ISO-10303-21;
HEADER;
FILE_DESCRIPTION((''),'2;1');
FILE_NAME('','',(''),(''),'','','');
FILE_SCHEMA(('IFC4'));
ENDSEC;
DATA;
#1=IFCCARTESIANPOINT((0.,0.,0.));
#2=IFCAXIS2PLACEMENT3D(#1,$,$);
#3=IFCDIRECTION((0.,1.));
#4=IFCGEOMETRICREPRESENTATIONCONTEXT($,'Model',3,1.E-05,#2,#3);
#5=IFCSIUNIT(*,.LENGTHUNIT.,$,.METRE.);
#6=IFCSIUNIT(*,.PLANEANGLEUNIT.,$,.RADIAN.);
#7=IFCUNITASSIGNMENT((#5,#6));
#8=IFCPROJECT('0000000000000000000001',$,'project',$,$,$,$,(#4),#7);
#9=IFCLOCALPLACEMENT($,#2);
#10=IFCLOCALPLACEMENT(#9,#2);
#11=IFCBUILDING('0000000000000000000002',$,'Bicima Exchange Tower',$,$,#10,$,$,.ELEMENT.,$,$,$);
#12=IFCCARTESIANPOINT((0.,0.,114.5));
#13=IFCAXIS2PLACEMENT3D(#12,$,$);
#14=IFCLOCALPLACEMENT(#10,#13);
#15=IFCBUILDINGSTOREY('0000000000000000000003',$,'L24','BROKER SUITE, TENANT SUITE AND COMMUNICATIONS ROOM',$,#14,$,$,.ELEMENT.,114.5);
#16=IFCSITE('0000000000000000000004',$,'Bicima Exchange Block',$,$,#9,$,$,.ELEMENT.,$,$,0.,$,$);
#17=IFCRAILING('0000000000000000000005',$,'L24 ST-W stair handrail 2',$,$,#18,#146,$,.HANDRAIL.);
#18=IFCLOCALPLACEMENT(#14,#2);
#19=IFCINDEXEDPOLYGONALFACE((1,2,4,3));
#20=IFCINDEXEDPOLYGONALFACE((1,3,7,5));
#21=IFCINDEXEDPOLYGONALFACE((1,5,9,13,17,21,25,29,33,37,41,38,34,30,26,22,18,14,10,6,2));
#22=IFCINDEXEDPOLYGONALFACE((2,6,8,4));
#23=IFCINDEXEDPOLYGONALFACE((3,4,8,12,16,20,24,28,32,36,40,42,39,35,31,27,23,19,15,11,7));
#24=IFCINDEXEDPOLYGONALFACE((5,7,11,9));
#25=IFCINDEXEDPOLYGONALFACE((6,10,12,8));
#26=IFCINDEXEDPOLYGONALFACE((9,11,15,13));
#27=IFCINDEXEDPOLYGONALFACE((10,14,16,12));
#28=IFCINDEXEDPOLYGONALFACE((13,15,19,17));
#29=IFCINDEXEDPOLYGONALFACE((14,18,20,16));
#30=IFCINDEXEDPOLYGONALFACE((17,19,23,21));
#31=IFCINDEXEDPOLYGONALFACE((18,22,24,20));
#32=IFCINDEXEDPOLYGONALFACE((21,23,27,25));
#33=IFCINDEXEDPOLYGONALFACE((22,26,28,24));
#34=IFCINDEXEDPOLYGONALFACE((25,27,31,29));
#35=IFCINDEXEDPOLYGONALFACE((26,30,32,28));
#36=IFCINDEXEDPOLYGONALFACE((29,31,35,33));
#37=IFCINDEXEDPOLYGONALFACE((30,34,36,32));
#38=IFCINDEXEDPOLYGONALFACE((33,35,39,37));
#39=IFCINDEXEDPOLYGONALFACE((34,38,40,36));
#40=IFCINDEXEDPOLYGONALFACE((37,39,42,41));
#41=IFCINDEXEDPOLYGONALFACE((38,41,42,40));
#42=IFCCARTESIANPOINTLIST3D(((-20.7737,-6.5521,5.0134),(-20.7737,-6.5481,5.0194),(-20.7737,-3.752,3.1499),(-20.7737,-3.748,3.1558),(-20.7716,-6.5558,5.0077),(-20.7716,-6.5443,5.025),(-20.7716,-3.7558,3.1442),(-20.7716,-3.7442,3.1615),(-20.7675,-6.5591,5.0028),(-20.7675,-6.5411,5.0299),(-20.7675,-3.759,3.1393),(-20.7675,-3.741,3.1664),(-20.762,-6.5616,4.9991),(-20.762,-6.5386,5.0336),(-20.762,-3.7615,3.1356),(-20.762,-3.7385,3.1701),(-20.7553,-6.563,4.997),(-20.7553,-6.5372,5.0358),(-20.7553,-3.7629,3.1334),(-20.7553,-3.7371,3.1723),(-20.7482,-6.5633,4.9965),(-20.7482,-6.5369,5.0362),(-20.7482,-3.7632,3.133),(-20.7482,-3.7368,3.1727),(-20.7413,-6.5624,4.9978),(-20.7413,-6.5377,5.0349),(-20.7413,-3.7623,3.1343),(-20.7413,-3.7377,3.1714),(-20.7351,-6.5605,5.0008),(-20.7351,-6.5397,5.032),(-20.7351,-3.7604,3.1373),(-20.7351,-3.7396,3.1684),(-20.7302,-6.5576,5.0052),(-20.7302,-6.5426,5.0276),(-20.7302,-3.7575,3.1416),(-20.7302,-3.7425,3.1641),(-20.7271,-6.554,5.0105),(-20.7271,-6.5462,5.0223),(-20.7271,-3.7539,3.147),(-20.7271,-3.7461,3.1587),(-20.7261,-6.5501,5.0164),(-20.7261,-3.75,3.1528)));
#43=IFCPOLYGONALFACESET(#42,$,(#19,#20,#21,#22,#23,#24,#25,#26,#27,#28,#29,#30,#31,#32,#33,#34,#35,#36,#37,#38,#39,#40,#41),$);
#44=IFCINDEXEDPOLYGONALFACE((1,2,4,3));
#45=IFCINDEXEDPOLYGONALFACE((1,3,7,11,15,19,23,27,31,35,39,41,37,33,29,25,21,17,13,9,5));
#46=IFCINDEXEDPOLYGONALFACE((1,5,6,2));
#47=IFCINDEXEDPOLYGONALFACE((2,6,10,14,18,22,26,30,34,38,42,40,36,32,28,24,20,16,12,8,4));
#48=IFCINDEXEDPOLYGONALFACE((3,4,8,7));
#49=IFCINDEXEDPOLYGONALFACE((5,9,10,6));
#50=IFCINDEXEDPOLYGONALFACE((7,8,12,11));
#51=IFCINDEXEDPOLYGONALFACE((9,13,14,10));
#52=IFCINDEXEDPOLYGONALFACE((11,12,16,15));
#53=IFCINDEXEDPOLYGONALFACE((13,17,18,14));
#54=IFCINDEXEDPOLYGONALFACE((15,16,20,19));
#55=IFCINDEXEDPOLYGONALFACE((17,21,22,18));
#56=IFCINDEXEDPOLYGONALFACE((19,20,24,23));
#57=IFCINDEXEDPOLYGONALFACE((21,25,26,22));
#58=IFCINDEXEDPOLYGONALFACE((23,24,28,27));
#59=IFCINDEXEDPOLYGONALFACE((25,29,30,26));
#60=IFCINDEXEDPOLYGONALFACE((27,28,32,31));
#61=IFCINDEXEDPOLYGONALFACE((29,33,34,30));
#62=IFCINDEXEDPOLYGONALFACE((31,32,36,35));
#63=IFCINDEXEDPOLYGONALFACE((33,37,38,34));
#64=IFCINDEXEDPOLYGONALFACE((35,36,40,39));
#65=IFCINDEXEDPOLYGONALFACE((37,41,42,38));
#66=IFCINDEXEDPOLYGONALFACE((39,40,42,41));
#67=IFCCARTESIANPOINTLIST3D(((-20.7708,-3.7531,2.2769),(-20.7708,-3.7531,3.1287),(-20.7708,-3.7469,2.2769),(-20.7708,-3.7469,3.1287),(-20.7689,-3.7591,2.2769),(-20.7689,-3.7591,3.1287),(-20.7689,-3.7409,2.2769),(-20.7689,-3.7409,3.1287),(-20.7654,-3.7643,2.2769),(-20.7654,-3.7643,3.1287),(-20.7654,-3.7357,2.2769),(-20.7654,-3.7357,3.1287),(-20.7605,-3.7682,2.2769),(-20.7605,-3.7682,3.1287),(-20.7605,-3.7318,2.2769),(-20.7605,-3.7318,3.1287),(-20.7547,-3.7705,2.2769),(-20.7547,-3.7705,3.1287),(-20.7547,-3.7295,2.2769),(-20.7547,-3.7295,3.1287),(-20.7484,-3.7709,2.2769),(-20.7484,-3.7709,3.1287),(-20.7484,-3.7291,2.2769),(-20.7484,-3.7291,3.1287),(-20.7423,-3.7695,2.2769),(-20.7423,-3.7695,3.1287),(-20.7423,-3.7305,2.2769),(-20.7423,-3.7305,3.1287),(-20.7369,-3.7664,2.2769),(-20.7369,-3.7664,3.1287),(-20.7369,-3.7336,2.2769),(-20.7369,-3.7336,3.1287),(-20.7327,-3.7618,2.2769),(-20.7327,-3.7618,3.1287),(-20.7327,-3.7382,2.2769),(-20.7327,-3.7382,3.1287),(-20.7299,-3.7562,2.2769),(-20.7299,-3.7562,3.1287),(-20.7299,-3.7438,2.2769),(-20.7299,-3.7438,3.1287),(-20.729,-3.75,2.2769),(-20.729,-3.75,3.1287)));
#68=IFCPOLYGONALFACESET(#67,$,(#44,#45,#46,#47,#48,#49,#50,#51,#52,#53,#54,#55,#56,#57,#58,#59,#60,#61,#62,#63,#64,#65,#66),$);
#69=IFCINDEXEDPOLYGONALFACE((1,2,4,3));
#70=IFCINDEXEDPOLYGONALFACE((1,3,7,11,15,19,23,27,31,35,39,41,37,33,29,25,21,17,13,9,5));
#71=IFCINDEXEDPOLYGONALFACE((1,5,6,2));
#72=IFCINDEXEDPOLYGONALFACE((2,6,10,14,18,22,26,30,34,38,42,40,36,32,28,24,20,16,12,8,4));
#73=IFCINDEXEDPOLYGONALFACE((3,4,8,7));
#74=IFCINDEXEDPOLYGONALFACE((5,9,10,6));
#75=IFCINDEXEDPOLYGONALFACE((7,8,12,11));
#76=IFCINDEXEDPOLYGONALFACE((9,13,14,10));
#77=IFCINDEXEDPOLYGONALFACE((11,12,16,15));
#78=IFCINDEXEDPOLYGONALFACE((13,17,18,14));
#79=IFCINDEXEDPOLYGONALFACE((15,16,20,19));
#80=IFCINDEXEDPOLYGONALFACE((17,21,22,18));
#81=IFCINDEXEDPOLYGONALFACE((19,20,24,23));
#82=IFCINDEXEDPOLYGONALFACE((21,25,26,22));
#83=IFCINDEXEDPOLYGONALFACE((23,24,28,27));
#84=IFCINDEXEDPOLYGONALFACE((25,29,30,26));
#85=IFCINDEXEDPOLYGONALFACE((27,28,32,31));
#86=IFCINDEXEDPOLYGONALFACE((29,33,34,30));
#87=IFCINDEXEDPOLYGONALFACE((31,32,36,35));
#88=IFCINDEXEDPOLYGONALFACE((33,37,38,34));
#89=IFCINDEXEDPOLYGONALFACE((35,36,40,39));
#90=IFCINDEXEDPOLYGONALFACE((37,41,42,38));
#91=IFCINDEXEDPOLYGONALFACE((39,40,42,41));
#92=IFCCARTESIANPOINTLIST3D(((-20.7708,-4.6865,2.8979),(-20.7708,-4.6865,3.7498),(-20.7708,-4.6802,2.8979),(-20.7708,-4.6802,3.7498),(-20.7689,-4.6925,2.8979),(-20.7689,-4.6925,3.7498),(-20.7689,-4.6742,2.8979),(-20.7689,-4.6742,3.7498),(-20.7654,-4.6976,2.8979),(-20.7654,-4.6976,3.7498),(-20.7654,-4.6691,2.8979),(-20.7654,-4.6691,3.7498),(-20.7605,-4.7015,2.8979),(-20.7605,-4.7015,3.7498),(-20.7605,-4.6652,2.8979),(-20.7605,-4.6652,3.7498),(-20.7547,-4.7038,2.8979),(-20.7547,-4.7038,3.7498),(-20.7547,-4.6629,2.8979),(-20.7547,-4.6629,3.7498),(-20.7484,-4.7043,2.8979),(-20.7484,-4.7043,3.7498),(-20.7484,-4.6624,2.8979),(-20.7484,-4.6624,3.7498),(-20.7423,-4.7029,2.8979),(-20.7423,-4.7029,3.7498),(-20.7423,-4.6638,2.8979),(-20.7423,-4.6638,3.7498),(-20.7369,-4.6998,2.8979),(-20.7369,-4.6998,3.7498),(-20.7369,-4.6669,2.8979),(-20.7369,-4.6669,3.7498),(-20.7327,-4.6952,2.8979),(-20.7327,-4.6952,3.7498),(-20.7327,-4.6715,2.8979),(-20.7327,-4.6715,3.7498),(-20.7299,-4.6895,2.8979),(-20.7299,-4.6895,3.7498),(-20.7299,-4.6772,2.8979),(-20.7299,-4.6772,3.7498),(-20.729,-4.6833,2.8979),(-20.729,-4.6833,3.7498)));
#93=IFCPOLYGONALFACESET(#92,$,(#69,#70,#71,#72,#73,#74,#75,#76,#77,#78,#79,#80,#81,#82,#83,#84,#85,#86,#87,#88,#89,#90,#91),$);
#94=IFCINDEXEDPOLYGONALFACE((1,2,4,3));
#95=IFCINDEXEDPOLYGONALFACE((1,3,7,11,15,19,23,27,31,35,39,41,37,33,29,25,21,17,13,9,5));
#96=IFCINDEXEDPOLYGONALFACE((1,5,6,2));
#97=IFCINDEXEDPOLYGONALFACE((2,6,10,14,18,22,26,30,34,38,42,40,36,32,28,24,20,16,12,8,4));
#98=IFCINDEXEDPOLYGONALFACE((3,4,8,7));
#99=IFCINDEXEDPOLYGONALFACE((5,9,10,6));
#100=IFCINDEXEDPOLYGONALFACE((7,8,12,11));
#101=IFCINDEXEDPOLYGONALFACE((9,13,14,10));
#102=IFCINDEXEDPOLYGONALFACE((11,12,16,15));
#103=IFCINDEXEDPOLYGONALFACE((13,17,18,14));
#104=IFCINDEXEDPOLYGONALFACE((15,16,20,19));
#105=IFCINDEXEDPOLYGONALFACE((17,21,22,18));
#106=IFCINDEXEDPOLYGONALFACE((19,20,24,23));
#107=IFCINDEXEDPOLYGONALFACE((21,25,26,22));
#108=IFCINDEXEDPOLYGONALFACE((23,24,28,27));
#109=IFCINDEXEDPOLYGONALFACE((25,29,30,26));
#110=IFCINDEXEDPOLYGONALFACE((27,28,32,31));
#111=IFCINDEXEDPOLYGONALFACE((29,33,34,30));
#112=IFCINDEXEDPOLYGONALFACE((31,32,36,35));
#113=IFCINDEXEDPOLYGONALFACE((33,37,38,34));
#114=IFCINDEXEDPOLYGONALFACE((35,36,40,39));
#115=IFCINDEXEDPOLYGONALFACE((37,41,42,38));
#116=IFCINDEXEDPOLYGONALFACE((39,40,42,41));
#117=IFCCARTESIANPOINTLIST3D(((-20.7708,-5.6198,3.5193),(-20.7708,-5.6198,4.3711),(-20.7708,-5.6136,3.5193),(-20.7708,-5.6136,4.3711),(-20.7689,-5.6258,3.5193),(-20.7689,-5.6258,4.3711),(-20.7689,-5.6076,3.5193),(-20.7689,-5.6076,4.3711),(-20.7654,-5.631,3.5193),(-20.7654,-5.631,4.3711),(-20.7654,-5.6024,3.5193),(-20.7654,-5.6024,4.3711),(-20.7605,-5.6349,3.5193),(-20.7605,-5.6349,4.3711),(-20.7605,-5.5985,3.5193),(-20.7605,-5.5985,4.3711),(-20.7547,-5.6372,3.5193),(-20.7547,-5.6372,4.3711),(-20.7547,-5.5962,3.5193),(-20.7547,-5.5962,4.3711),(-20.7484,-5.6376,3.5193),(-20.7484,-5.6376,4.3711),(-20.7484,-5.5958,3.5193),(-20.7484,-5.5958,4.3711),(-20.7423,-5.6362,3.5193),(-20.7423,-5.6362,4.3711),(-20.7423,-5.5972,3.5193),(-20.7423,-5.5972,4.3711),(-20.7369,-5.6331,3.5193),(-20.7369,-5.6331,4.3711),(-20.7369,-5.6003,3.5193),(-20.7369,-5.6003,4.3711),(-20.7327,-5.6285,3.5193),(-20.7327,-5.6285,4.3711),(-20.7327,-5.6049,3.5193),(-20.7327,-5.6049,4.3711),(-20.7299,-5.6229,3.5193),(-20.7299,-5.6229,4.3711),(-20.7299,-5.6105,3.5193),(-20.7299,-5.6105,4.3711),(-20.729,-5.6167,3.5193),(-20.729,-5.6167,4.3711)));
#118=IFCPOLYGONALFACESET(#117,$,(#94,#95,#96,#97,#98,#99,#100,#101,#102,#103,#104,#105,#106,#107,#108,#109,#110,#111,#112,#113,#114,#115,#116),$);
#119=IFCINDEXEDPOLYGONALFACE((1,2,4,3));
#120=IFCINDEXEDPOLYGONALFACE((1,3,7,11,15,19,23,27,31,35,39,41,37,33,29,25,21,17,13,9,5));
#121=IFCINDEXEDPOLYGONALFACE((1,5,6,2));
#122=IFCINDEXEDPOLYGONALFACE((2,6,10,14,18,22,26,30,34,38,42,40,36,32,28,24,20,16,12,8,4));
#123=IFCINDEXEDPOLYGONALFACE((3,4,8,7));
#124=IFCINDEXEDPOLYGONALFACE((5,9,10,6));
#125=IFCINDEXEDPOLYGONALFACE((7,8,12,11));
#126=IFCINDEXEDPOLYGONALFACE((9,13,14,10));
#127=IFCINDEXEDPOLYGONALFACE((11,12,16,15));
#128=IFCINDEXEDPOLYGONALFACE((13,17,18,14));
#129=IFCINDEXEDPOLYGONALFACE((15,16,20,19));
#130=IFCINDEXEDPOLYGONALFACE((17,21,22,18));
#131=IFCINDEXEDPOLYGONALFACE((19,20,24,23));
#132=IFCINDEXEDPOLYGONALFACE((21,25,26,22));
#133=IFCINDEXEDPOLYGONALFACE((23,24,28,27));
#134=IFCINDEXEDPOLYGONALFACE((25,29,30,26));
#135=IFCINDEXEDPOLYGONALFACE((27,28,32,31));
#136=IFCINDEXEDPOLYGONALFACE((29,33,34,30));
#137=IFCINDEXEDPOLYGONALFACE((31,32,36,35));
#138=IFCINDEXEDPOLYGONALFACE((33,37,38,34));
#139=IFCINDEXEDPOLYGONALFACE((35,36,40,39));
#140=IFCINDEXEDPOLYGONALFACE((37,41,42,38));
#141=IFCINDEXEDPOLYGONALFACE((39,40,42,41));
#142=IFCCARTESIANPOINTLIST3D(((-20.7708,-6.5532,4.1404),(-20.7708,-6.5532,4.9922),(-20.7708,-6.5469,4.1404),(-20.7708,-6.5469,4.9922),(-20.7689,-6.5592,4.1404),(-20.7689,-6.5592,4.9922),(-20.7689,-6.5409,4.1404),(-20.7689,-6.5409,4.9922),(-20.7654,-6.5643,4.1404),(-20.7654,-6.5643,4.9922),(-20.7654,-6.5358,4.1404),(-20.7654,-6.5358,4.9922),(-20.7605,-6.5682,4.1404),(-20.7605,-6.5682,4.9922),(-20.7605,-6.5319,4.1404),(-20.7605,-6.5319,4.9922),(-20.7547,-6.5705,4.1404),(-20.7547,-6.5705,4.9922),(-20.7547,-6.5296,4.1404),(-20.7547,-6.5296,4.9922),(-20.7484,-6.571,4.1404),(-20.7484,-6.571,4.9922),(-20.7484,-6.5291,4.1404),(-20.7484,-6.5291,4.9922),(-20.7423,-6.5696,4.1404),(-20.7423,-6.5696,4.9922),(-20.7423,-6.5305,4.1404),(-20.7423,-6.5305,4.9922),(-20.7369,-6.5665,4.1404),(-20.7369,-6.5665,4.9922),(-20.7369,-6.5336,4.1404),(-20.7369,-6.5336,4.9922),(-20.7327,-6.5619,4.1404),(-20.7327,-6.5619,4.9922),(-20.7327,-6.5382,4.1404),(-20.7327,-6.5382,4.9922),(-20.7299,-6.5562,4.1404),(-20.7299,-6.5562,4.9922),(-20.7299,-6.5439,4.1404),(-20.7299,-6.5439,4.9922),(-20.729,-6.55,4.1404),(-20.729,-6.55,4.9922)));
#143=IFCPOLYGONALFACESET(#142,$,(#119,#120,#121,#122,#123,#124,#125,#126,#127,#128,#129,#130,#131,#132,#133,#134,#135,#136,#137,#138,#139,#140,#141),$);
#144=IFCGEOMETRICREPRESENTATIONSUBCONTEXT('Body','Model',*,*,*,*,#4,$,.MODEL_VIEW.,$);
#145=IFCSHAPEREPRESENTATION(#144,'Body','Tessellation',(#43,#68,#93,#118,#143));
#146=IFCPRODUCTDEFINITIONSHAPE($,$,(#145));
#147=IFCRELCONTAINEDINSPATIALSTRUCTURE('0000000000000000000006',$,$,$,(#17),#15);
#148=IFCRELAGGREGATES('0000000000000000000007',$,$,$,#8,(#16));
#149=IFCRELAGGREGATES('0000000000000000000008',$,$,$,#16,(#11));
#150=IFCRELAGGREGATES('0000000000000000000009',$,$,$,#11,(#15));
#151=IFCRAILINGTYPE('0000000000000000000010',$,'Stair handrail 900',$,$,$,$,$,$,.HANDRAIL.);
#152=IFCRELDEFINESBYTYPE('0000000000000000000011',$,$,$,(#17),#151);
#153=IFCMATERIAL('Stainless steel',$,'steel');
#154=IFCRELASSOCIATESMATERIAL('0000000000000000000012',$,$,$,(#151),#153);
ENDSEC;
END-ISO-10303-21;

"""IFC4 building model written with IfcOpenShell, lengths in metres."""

from ifc_helpers import new_model, si_unit, direction, frame, origin, origin_2d, place, context, subcontext, project, spatial, circle, extrude, material, type_object, element, save


model = new_model("IFC4")

# Units and contexts
model_context = context("Model", 3, precision=1e-05, world=origin(), true_north=direction((0.0, 1.0)))
body_context = subcontext(model_context, "Body", "Model", "MODEL_VIEW")
ifc_project = project(units=[si_unit("LENGTHUNIT", "METRE"), si_unit("PLANEANGLEUNIT", "RADIAN")], contexts=[model_context])

# Site, building, storey
site_placement = place(None, origin())
site = spatial("IfcSite", under=ifc_project, at=site_placement, Name="Bicima Exchange Block", CompositionType="ELEMENT", RefElevation=0.0)
building_placement = place(site_placement, origin())
building = spatial("IfcBuilding", under=site, at=building_placement, Name="Bicima Exchange Tower", CompositionType="ELEMENT")
storey_placement = place(building_placement, frame((0.0, 0.0, 114.5)))
storey = spatial("IfcBuildingStorey", under=building, at=storey_placement, Name="L24", Description="BROKER SUITE, TENANT SUITE AND COMMUNICATIONS ROOM", CompositionType="ELEMENT", Elevation=114.5)

# Railing
ifc_material_1 = material(Name="Stainless steel", Category="steel")
railing_type = type_object("IfcRailingType", Name="Stair handrail 900", PredefinedType="HANDRAIL", material=ifc_material_1)
railing_placement = place(storey_placement, frame((-20.75, -3.75, 2.2769)))
element("IfcRailing", 1, at=railing_placement, inside=storey, type_object=railing_type, Name="L24 ST-W stair handrail 2", PredefinedType="HANDRAIL", context=body_context, shape_type="SweptSolid", body=[
    extrude(circle(Radius=0.0239, at=origin_2d()), frame((0.0, 0.0, 0.876), z_axis=(0.0, -0.832486, 0.554047), x_axis=(1.0, 0.0, 0.0)), (0.0, 0.0, 1.0), 3.3635),
    extrude(circle(Radius=0.021, at=origin_2d()), origin(), (0.0, 0.0, 1.0), 0.8518),
    extrude(circle(Radius=0.021, at=origin_2d()), frame((0.0, -0.9333, 0.6211)), (0.0, 0.0, 1.0), 0.8518),
    extrude(circle(Radius=0.021, at=origin_2d()), frame((0.0, -1.8667, 1.2424)), (0.0, 0.0, 1.0), 0.8518),
    extrude(circle(Radius=0.021, at=origin_2d()), frame((0.0, -2.8, 1.8635)), (0.0, 0.0, 1.0), 0.8518),
])

save(model, "model.ifc")
